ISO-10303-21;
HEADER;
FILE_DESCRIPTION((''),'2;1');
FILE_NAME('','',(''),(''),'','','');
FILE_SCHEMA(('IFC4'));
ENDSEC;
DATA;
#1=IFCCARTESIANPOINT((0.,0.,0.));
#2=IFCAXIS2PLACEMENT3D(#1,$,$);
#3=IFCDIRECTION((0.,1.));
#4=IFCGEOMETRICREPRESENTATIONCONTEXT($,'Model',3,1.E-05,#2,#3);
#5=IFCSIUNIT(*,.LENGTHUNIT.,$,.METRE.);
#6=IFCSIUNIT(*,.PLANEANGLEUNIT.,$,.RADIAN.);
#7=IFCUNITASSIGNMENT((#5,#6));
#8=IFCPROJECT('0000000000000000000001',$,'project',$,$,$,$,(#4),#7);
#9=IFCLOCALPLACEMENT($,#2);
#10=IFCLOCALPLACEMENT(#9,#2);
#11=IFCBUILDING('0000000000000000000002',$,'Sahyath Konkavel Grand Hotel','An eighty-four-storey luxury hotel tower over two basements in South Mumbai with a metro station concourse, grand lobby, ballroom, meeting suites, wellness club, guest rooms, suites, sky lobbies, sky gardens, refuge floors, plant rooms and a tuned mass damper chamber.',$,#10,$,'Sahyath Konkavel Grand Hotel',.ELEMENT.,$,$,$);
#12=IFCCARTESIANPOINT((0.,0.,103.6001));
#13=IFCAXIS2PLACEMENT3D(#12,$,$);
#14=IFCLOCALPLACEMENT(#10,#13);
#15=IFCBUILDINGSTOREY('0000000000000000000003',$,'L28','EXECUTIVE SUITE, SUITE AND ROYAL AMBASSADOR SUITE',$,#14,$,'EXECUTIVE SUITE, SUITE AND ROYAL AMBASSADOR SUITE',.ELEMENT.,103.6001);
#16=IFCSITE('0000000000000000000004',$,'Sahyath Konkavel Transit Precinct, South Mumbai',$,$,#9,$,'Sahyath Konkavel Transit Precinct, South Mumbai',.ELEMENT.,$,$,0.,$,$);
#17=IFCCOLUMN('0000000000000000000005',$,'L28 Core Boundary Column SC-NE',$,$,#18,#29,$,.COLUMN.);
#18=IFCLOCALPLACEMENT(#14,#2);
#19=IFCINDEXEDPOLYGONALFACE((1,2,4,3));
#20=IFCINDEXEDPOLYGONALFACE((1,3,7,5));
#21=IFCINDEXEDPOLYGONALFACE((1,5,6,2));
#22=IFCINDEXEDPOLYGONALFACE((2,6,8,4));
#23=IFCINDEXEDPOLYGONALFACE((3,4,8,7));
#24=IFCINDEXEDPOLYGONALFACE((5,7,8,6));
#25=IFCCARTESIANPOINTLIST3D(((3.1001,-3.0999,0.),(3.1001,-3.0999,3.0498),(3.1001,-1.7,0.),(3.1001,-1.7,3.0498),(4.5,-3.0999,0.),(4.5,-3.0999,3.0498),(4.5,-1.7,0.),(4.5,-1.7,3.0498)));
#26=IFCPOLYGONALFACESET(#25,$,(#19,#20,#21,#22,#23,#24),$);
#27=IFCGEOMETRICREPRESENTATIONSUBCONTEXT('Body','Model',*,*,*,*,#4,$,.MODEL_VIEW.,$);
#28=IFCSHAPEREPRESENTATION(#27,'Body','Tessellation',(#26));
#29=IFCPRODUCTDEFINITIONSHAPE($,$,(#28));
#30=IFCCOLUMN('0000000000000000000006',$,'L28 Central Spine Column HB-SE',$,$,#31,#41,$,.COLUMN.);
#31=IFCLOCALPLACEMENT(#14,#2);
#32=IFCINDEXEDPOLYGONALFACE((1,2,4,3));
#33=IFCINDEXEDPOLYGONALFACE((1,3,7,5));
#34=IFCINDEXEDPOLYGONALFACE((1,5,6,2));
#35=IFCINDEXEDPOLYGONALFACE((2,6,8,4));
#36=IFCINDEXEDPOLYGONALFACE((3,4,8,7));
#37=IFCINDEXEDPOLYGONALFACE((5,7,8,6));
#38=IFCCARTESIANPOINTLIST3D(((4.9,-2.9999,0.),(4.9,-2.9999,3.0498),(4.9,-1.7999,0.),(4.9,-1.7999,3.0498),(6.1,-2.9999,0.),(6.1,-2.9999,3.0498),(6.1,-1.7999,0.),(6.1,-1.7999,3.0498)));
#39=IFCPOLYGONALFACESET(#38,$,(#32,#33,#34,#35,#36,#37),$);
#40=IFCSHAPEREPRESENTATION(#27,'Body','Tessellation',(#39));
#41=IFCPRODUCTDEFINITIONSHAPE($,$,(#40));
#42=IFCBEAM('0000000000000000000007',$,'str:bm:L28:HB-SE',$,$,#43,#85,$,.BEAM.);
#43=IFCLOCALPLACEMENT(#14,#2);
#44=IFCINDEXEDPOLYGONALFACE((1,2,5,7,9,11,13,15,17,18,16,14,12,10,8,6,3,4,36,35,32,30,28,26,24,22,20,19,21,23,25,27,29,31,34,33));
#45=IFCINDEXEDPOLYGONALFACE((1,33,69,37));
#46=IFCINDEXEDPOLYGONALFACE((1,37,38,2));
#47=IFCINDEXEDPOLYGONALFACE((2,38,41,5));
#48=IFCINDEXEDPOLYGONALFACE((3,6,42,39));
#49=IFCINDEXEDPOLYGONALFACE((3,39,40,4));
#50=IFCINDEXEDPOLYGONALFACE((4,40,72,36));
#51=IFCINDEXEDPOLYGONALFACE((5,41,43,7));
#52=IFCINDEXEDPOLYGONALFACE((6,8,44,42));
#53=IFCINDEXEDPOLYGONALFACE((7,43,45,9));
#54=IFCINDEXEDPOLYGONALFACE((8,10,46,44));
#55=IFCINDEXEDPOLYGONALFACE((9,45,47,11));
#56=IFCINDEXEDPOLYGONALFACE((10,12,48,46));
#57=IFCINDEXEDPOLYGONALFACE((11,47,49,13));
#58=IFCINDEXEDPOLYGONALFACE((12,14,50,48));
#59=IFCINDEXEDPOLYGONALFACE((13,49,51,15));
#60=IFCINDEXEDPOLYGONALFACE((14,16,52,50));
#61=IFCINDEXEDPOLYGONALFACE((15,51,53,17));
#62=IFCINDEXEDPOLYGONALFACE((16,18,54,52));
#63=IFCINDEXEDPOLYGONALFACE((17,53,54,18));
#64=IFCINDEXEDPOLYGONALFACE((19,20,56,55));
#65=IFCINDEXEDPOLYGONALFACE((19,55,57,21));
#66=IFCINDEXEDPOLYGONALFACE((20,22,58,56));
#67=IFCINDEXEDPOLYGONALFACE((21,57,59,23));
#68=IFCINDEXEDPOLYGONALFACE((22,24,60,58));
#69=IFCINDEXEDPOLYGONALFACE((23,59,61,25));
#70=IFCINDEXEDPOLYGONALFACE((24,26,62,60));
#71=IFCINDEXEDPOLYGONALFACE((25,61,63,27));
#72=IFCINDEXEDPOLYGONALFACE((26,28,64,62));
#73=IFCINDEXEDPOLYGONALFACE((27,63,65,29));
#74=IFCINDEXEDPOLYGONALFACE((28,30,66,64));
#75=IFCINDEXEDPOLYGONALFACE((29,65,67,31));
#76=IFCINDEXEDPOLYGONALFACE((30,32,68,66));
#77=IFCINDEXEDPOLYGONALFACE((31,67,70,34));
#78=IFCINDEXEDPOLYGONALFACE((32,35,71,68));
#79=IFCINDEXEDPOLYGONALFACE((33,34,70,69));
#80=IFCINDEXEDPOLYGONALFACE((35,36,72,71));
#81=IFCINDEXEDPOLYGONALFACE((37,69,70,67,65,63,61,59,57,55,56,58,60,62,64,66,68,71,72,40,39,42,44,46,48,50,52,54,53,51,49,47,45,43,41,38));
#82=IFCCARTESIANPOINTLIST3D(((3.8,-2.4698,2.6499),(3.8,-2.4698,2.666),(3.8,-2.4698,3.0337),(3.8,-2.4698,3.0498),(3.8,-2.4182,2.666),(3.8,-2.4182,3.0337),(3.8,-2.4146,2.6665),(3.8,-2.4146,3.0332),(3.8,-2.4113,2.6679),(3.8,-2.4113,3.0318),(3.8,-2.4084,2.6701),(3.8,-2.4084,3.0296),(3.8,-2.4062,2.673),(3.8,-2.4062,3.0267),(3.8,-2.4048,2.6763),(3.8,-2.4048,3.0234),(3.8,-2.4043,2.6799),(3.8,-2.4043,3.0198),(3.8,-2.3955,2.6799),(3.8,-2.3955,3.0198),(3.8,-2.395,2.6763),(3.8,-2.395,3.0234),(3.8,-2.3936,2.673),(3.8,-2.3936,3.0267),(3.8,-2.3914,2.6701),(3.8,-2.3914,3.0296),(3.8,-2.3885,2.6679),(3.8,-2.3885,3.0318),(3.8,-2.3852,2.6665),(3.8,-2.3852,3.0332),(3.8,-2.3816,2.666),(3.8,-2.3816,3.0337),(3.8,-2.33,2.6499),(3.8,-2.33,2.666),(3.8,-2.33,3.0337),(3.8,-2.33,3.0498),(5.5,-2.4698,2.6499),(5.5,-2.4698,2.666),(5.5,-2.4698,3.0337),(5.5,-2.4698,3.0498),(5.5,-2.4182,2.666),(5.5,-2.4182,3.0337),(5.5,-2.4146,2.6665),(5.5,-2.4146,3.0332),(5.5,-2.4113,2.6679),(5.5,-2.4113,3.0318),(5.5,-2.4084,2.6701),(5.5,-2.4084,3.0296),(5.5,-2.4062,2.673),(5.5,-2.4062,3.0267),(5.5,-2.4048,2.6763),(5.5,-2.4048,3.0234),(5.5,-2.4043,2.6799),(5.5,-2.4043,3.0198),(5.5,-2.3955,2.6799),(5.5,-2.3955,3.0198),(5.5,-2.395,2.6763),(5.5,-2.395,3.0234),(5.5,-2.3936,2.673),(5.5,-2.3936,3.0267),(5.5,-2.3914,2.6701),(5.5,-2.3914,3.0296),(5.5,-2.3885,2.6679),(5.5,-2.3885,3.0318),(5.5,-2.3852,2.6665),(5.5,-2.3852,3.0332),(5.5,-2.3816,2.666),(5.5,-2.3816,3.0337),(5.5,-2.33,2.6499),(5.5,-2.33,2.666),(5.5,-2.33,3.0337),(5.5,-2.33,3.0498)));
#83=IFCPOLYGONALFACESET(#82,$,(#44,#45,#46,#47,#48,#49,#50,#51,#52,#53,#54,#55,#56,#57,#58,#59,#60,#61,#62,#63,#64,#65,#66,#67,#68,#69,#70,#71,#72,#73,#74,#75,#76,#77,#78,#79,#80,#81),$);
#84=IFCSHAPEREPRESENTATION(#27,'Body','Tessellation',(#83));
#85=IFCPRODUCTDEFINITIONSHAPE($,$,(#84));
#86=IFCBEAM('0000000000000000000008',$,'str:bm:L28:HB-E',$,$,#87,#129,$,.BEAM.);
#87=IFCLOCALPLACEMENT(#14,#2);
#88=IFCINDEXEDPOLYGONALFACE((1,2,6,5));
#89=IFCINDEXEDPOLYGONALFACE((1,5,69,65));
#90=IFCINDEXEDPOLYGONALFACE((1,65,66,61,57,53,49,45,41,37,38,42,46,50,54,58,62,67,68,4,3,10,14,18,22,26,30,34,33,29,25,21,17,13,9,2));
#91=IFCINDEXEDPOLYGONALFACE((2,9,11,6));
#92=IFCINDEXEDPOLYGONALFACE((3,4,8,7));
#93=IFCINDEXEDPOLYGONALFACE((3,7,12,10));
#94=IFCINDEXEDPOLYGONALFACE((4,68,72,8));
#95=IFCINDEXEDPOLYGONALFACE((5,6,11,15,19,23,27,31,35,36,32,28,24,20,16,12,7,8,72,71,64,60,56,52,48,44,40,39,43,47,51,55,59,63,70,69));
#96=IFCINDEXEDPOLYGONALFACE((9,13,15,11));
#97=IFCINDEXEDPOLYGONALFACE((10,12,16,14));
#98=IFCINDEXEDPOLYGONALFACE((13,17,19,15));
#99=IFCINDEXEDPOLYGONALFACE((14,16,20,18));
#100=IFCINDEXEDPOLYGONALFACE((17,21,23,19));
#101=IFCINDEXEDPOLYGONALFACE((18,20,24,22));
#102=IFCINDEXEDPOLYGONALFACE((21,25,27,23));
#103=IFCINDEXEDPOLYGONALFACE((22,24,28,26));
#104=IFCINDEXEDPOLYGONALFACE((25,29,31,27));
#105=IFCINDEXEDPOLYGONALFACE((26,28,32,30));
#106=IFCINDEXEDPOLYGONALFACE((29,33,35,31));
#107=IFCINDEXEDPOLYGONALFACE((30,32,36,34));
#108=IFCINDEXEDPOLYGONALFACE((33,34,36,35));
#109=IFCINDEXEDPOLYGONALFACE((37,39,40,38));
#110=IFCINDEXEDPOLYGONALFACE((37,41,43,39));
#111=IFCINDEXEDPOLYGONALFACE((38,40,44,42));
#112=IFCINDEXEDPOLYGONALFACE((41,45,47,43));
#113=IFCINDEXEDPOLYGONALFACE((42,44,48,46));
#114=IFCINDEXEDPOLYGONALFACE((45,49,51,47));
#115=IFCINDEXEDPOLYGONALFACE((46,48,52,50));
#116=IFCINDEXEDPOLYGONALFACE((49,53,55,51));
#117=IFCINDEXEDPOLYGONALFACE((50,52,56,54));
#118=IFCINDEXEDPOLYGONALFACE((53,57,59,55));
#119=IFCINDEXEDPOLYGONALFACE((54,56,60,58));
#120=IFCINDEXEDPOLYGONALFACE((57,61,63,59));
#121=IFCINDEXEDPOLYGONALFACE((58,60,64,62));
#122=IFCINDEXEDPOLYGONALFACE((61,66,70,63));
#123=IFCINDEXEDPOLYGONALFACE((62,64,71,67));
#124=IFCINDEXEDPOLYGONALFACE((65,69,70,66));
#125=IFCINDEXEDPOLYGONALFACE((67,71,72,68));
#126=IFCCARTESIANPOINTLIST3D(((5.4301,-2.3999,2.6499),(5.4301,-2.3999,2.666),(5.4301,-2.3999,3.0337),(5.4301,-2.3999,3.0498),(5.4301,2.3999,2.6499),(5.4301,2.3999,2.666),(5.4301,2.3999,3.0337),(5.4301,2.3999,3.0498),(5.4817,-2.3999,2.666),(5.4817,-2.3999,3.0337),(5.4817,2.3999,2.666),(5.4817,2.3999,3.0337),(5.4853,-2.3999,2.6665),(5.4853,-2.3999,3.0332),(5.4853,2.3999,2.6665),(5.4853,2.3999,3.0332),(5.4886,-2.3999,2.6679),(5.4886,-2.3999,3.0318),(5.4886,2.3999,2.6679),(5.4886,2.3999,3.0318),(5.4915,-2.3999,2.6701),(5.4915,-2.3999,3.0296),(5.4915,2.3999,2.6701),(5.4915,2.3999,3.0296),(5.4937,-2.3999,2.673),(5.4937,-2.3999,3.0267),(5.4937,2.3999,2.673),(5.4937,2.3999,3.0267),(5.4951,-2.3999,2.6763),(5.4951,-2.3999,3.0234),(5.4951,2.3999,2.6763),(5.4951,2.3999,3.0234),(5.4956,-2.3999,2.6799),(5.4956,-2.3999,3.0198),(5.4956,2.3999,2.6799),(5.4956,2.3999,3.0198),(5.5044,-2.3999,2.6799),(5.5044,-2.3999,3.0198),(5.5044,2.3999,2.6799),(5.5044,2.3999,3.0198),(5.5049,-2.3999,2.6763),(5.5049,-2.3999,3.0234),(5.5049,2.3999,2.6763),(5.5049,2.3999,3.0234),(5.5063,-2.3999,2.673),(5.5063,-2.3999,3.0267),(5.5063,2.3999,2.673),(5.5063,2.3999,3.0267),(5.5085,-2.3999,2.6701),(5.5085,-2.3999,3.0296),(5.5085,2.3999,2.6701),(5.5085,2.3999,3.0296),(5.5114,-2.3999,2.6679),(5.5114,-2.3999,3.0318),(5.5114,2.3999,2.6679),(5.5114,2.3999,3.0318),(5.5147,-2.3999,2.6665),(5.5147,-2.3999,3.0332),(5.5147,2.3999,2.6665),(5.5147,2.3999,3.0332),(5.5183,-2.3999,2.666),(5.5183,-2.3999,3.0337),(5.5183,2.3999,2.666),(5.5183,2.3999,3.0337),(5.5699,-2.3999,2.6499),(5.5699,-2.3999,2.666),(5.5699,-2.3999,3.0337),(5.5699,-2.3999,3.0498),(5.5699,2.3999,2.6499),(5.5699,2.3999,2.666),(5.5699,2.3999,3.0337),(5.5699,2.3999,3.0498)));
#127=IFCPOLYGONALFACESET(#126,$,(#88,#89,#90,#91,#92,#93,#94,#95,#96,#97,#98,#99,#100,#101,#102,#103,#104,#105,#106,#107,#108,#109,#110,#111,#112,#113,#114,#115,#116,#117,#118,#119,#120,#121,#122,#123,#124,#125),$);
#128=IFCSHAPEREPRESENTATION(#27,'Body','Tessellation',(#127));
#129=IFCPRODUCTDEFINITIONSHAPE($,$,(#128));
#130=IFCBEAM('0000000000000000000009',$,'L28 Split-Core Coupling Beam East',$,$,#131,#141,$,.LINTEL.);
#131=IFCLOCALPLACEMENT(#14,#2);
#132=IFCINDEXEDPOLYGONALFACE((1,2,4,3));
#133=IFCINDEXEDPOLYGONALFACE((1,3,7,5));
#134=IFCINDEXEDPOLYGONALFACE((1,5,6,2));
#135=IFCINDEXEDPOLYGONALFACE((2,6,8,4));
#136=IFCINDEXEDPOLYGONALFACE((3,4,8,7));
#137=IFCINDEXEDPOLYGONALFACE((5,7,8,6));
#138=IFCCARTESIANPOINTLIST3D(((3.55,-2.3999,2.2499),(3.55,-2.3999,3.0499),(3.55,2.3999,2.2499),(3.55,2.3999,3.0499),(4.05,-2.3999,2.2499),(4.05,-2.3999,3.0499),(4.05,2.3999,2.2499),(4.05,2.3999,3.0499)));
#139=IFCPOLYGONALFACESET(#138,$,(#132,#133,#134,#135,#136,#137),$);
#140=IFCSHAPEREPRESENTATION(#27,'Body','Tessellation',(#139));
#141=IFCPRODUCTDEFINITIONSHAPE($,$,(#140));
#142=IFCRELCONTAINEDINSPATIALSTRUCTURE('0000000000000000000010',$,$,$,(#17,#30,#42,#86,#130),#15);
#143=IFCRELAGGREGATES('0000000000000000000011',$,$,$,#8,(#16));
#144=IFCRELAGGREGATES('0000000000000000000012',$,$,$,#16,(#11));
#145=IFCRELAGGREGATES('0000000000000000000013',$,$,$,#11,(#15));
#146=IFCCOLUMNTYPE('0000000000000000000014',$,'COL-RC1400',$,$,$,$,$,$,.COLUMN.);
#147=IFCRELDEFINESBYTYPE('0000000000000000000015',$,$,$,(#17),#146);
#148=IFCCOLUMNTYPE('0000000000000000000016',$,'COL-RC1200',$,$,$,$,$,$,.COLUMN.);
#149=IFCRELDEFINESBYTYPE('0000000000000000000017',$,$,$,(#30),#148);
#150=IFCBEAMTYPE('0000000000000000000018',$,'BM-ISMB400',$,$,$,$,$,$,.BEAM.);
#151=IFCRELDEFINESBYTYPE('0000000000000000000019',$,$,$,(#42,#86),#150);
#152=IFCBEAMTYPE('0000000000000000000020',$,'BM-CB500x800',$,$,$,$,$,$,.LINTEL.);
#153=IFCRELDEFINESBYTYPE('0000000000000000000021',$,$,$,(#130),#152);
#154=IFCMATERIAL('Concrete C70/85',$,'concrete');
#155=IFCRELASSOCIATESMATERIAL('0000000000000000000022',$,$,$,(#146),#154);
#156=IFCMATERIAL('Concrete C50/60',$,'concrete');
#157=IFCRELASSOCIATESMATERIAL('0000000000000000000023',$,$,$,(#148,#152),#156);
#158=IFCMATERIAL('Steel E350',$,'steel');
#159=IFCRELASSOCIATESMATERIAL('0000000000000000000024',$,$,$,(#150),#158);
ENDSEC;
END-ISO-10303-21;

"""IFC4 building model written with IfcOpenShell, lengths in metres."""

from ifc_helpers import new_model, si_unit, direction, frame, origin, origin_2d, place, context, subcontext, project, spatial, rectangle, i_section, extrude, source, transform, mapped, material, material_profile, profile_set, type_object, element, save


model = new_model("IFC4")

# Units and contexts
model_context = context("Model", 3, precision=1e-05, world=origin(), true_north=direction((0.0, 1.0)))
body_context = subcontext(model_context, "Body", "Model", "MODEL_VIEW")
ifc_project = project(units=[si_unit("LENGTHUNIT", "METRE"), si_unit("PLANEANGLEUNIT", "RADIAN")], contexts=[model_context])

# Site, building, storey
site_placement = place(None, origin())
site = spatial("IfcSite", under=ifc_project, at=site_placement, Name="Sahyath Konkavel Transit Precinct, South Mumbai", LongName="Sahyath Konkavel Transit Precinct, South Mumbai", CompositionType="ELEMENT", RefElevation=0.0)
building_placement = place(site_placement, origin())
building = spatial("IfcBuilding", under=site, at=building_placement, Name="Sahyath Konkavel Grand Hotel", Description="An eighty-four-storey luxury hotel tower over two basements in South Mumbai with a metro station concourse, grand lobby, ballroom, meeting suites, wellness club, guest rooms, suites, sky lobbies, sky gardens, refuge floors, plant rooms and a tuned mass damper chamber.", LongName="Sahyath Konkavel Grand Hotel", CompositionType="ELEMENT")
storey_placement = place(building_placement, frame((0.0, 0.0, 103.6001)))
storey = spatial("IfcBuildingStorey", under=building, at=storey_placement, Name="L28", Description="EXECUTIVE SUITE, SUITE AND ROYAL AMBASSADOR SUITE", LongName="EXECUTIVE SUITE, SUITE AND ROYAL AMBASSADOR SUITE", CompositionType="ELEMENT", Elevation=103.6001)

# Columns
ifc_material_1 = material(Name="Concrete C70/85", Category="concrete")
ifc_material_profile_1 = material_profile(ifc_material_1, rectangle(XDim=1.3999, YDim=1.3999, at=origin_2d()), Name="RC 1400x1400")
ifc_profile_set_1 = profile_set([ifc_material_profile_1], Name="Concrete C70/85")
column_type_1 = type_object("IfcColumnType", Name="COL-RC1400", PredefinedType="COLUMN", material=ifc_profile_set_1)
shared_shape_1 = source(origin(), body_context, "Body", "SweptSolid", [
    extrude(rectangle(XDim=1.3999, YDim=1.3999, at=origin_2d()), origin(), (0.0, 0.0, 1.0), 3.0498),
])
column_1_placement = place(storey_placement, frame((3.8, -2.3999, 0.0), z_axis=(0.0, 0.0, 1.0), x_axis=(1.0, 0.0, 0.0)))
element("IfcColumn", 1, at=column_1_placement, inside=storey, type_object=column_type_1, Name="L28 Core Boundary Column SC-NE", PredefinedType="COLUMN", context=body_context, shape_type="MappedRepresentation", body=[
    mapped(shared_shape_1, transform((0.0, 0.0, 0.0), scale=1.0)),
])
ifc_material_2 = material(Name="Concrete C50/60", Category="concrete")
ifc_material_profile_2 = material_profile(ifc_material_2, rectangle(XDim=1.2, YDim=1.2, at=origin_2d()), Name="RC 1200x1200")
ifc_profile_set_2 = profile_set([ifc_material_profile_2], Name="Concrete C50/60")
column_type_2 = type_object("IfcColumnType", Name="COL-RC1200", PredefinedType="COLUMN", material=ifc_profile_set_2)
shared_shape_2 = source(origin(), body_context, "Body", "SweptSolid", [
    extrude(rectangle(XDim=1.2, YDim=1.2, at=origin_2d()), origin(), (0.0, 0.0, 1.0), 3.0498),
])
column_2_placement = place(storey_placement, frame((5.5, -2.3999, 0.0), z_axis=(0.0, 0.0, 1.0), x_axis=(1.0, 0.0, 0.0)))
element("IfcColumn", 2, at=column_2_placement, inside=storey, type_object=column_type_2, Name="L28 Central Spine Column HB-SE", PredefinedType="COLUMN", context=body_context, shape_type="MappedRepresentation", body=[
    mapped(shared_shape_2, transform((0.0, 0.0, 0.0), scale=1.0)),
])

# Beams
ifc_material_3 = material(Name="Steel E350", Category="steel")
ifc_material_profile_3 = material_profile(ifc_material_3, i_section(OverallWidth=0.1399, OverallDepth=0.3999, WebThickness=0.0088, FlangeThickness=0.0161, FilletRadius=0.0139, at=origin_2d()), Name="ISMB 400")
ifc_profile_set_3 = profile_set([ifc_material_profile_3], Name="Steel E350")
beam_type_1 = type_object("IfcBeamType", Name="BM-ISMB400", PredefinedType="BEAM", material=ifc_profile_set_3)
shared_shape_3 = source(origin(), body_context, "Body", "SweptSolid", [
    extrude(i_section(OverallWidth=0.1399, OverallDepth=0.3999, WebThickness=0.0088, FlangeThickness=0.0161, FilletRadius=0.0139, at=origin_2d()), origin(), (0.0, 0.0, 1.0), 1.7),
])
beam_1_placement = place(storey_placement, frame((3.8, -2.3999, 2.8499), z_axis=(1.0, 0.0, 0.0), x_axis=(0.0, 1.0, 0.0)))
element("IfcBeam", 3, at=beam_1_placement, inside=storey, type_object=beam_type_1, Name="str:bm:L28:HB-SE", PredefinedType="BEAM", context=body_context, shape_type="MappedRepresentation", body=[
    mapped(shared_shape_3, transform((0.0, 0.0, 0.0), scale=1.0)),
])
shared_shape_4 = source(origin(), body_context, "Body", "SweptSolid", [
    extrude(i_section(OverallWidth=0.1399, OverallDepth=0.3999, WebThickness=0.0088, FlangeThickness=0.0161, FilletRadius=0.0139, at=origin_2d()), origin(), (0.0, 0.0, 1.0), 4.7998),
])
beam_2_placement = place(storey_placement, frame((5.5, -2.3999, 2.8499), z_axis=(0.0, 1.0, 0.0), x_axis=(-1.0, 0.0, 0.0)))
element("IfcBeam", 4, at=beam_2_placement, inside=storey, type_object=beam_type_1, Name="str:bm:L28:HB-E", PredefinedType="BEAM", context=body_context, shape_type="MappedRepresentation", body=[
    mapped(shared_shape_4, transform((0.0, 0.0, 0.0), scale=1.0)),
])
ifc_material_profile_4 = material_profile(ifc_material_2, rectangle(XDim=0.5, YDim=0.8, at=origin_2d()), Name="RC 500x800")
ifc_profile_set_4 = profile_set([ifc_material_profile_4], Name="Concrete C50/60")
beam_type_2 = type_object("IfcBeamType", Name="BM-CB500x800", PredefinedType="LINTEL", material=ifc_profile_set_4)
shared_shape_5 = source(origin(), body_context, "Body", "SweptSolid", [
    extrude(rectangle(XDim=0.5, YDim=0.8, at=origin_2d()), origin(), (0.0, 0.0, 1.0), 4.7998),
])
beam_3_placement = place(storey_placement, frame((3.8, -2.3999, 2.6499), z_axis=(0.0, 1.0, 0.0), x_axis=(-1.0, 0.0, 0.0)))
element("IfcBeam", 5, at=beam_3_placement, inside=storey, type_object=beam_type_2, Name="L28 Split-Core Coupling Beam East", PredefinedType="LINTEL", context=body_context, shape_type="MappedRepresentation", body=[
    mapped(shared_shape_5, transform((0.0, 0.0, 0.0), scale=1.0)),
])

save(model, "model.ifc")
